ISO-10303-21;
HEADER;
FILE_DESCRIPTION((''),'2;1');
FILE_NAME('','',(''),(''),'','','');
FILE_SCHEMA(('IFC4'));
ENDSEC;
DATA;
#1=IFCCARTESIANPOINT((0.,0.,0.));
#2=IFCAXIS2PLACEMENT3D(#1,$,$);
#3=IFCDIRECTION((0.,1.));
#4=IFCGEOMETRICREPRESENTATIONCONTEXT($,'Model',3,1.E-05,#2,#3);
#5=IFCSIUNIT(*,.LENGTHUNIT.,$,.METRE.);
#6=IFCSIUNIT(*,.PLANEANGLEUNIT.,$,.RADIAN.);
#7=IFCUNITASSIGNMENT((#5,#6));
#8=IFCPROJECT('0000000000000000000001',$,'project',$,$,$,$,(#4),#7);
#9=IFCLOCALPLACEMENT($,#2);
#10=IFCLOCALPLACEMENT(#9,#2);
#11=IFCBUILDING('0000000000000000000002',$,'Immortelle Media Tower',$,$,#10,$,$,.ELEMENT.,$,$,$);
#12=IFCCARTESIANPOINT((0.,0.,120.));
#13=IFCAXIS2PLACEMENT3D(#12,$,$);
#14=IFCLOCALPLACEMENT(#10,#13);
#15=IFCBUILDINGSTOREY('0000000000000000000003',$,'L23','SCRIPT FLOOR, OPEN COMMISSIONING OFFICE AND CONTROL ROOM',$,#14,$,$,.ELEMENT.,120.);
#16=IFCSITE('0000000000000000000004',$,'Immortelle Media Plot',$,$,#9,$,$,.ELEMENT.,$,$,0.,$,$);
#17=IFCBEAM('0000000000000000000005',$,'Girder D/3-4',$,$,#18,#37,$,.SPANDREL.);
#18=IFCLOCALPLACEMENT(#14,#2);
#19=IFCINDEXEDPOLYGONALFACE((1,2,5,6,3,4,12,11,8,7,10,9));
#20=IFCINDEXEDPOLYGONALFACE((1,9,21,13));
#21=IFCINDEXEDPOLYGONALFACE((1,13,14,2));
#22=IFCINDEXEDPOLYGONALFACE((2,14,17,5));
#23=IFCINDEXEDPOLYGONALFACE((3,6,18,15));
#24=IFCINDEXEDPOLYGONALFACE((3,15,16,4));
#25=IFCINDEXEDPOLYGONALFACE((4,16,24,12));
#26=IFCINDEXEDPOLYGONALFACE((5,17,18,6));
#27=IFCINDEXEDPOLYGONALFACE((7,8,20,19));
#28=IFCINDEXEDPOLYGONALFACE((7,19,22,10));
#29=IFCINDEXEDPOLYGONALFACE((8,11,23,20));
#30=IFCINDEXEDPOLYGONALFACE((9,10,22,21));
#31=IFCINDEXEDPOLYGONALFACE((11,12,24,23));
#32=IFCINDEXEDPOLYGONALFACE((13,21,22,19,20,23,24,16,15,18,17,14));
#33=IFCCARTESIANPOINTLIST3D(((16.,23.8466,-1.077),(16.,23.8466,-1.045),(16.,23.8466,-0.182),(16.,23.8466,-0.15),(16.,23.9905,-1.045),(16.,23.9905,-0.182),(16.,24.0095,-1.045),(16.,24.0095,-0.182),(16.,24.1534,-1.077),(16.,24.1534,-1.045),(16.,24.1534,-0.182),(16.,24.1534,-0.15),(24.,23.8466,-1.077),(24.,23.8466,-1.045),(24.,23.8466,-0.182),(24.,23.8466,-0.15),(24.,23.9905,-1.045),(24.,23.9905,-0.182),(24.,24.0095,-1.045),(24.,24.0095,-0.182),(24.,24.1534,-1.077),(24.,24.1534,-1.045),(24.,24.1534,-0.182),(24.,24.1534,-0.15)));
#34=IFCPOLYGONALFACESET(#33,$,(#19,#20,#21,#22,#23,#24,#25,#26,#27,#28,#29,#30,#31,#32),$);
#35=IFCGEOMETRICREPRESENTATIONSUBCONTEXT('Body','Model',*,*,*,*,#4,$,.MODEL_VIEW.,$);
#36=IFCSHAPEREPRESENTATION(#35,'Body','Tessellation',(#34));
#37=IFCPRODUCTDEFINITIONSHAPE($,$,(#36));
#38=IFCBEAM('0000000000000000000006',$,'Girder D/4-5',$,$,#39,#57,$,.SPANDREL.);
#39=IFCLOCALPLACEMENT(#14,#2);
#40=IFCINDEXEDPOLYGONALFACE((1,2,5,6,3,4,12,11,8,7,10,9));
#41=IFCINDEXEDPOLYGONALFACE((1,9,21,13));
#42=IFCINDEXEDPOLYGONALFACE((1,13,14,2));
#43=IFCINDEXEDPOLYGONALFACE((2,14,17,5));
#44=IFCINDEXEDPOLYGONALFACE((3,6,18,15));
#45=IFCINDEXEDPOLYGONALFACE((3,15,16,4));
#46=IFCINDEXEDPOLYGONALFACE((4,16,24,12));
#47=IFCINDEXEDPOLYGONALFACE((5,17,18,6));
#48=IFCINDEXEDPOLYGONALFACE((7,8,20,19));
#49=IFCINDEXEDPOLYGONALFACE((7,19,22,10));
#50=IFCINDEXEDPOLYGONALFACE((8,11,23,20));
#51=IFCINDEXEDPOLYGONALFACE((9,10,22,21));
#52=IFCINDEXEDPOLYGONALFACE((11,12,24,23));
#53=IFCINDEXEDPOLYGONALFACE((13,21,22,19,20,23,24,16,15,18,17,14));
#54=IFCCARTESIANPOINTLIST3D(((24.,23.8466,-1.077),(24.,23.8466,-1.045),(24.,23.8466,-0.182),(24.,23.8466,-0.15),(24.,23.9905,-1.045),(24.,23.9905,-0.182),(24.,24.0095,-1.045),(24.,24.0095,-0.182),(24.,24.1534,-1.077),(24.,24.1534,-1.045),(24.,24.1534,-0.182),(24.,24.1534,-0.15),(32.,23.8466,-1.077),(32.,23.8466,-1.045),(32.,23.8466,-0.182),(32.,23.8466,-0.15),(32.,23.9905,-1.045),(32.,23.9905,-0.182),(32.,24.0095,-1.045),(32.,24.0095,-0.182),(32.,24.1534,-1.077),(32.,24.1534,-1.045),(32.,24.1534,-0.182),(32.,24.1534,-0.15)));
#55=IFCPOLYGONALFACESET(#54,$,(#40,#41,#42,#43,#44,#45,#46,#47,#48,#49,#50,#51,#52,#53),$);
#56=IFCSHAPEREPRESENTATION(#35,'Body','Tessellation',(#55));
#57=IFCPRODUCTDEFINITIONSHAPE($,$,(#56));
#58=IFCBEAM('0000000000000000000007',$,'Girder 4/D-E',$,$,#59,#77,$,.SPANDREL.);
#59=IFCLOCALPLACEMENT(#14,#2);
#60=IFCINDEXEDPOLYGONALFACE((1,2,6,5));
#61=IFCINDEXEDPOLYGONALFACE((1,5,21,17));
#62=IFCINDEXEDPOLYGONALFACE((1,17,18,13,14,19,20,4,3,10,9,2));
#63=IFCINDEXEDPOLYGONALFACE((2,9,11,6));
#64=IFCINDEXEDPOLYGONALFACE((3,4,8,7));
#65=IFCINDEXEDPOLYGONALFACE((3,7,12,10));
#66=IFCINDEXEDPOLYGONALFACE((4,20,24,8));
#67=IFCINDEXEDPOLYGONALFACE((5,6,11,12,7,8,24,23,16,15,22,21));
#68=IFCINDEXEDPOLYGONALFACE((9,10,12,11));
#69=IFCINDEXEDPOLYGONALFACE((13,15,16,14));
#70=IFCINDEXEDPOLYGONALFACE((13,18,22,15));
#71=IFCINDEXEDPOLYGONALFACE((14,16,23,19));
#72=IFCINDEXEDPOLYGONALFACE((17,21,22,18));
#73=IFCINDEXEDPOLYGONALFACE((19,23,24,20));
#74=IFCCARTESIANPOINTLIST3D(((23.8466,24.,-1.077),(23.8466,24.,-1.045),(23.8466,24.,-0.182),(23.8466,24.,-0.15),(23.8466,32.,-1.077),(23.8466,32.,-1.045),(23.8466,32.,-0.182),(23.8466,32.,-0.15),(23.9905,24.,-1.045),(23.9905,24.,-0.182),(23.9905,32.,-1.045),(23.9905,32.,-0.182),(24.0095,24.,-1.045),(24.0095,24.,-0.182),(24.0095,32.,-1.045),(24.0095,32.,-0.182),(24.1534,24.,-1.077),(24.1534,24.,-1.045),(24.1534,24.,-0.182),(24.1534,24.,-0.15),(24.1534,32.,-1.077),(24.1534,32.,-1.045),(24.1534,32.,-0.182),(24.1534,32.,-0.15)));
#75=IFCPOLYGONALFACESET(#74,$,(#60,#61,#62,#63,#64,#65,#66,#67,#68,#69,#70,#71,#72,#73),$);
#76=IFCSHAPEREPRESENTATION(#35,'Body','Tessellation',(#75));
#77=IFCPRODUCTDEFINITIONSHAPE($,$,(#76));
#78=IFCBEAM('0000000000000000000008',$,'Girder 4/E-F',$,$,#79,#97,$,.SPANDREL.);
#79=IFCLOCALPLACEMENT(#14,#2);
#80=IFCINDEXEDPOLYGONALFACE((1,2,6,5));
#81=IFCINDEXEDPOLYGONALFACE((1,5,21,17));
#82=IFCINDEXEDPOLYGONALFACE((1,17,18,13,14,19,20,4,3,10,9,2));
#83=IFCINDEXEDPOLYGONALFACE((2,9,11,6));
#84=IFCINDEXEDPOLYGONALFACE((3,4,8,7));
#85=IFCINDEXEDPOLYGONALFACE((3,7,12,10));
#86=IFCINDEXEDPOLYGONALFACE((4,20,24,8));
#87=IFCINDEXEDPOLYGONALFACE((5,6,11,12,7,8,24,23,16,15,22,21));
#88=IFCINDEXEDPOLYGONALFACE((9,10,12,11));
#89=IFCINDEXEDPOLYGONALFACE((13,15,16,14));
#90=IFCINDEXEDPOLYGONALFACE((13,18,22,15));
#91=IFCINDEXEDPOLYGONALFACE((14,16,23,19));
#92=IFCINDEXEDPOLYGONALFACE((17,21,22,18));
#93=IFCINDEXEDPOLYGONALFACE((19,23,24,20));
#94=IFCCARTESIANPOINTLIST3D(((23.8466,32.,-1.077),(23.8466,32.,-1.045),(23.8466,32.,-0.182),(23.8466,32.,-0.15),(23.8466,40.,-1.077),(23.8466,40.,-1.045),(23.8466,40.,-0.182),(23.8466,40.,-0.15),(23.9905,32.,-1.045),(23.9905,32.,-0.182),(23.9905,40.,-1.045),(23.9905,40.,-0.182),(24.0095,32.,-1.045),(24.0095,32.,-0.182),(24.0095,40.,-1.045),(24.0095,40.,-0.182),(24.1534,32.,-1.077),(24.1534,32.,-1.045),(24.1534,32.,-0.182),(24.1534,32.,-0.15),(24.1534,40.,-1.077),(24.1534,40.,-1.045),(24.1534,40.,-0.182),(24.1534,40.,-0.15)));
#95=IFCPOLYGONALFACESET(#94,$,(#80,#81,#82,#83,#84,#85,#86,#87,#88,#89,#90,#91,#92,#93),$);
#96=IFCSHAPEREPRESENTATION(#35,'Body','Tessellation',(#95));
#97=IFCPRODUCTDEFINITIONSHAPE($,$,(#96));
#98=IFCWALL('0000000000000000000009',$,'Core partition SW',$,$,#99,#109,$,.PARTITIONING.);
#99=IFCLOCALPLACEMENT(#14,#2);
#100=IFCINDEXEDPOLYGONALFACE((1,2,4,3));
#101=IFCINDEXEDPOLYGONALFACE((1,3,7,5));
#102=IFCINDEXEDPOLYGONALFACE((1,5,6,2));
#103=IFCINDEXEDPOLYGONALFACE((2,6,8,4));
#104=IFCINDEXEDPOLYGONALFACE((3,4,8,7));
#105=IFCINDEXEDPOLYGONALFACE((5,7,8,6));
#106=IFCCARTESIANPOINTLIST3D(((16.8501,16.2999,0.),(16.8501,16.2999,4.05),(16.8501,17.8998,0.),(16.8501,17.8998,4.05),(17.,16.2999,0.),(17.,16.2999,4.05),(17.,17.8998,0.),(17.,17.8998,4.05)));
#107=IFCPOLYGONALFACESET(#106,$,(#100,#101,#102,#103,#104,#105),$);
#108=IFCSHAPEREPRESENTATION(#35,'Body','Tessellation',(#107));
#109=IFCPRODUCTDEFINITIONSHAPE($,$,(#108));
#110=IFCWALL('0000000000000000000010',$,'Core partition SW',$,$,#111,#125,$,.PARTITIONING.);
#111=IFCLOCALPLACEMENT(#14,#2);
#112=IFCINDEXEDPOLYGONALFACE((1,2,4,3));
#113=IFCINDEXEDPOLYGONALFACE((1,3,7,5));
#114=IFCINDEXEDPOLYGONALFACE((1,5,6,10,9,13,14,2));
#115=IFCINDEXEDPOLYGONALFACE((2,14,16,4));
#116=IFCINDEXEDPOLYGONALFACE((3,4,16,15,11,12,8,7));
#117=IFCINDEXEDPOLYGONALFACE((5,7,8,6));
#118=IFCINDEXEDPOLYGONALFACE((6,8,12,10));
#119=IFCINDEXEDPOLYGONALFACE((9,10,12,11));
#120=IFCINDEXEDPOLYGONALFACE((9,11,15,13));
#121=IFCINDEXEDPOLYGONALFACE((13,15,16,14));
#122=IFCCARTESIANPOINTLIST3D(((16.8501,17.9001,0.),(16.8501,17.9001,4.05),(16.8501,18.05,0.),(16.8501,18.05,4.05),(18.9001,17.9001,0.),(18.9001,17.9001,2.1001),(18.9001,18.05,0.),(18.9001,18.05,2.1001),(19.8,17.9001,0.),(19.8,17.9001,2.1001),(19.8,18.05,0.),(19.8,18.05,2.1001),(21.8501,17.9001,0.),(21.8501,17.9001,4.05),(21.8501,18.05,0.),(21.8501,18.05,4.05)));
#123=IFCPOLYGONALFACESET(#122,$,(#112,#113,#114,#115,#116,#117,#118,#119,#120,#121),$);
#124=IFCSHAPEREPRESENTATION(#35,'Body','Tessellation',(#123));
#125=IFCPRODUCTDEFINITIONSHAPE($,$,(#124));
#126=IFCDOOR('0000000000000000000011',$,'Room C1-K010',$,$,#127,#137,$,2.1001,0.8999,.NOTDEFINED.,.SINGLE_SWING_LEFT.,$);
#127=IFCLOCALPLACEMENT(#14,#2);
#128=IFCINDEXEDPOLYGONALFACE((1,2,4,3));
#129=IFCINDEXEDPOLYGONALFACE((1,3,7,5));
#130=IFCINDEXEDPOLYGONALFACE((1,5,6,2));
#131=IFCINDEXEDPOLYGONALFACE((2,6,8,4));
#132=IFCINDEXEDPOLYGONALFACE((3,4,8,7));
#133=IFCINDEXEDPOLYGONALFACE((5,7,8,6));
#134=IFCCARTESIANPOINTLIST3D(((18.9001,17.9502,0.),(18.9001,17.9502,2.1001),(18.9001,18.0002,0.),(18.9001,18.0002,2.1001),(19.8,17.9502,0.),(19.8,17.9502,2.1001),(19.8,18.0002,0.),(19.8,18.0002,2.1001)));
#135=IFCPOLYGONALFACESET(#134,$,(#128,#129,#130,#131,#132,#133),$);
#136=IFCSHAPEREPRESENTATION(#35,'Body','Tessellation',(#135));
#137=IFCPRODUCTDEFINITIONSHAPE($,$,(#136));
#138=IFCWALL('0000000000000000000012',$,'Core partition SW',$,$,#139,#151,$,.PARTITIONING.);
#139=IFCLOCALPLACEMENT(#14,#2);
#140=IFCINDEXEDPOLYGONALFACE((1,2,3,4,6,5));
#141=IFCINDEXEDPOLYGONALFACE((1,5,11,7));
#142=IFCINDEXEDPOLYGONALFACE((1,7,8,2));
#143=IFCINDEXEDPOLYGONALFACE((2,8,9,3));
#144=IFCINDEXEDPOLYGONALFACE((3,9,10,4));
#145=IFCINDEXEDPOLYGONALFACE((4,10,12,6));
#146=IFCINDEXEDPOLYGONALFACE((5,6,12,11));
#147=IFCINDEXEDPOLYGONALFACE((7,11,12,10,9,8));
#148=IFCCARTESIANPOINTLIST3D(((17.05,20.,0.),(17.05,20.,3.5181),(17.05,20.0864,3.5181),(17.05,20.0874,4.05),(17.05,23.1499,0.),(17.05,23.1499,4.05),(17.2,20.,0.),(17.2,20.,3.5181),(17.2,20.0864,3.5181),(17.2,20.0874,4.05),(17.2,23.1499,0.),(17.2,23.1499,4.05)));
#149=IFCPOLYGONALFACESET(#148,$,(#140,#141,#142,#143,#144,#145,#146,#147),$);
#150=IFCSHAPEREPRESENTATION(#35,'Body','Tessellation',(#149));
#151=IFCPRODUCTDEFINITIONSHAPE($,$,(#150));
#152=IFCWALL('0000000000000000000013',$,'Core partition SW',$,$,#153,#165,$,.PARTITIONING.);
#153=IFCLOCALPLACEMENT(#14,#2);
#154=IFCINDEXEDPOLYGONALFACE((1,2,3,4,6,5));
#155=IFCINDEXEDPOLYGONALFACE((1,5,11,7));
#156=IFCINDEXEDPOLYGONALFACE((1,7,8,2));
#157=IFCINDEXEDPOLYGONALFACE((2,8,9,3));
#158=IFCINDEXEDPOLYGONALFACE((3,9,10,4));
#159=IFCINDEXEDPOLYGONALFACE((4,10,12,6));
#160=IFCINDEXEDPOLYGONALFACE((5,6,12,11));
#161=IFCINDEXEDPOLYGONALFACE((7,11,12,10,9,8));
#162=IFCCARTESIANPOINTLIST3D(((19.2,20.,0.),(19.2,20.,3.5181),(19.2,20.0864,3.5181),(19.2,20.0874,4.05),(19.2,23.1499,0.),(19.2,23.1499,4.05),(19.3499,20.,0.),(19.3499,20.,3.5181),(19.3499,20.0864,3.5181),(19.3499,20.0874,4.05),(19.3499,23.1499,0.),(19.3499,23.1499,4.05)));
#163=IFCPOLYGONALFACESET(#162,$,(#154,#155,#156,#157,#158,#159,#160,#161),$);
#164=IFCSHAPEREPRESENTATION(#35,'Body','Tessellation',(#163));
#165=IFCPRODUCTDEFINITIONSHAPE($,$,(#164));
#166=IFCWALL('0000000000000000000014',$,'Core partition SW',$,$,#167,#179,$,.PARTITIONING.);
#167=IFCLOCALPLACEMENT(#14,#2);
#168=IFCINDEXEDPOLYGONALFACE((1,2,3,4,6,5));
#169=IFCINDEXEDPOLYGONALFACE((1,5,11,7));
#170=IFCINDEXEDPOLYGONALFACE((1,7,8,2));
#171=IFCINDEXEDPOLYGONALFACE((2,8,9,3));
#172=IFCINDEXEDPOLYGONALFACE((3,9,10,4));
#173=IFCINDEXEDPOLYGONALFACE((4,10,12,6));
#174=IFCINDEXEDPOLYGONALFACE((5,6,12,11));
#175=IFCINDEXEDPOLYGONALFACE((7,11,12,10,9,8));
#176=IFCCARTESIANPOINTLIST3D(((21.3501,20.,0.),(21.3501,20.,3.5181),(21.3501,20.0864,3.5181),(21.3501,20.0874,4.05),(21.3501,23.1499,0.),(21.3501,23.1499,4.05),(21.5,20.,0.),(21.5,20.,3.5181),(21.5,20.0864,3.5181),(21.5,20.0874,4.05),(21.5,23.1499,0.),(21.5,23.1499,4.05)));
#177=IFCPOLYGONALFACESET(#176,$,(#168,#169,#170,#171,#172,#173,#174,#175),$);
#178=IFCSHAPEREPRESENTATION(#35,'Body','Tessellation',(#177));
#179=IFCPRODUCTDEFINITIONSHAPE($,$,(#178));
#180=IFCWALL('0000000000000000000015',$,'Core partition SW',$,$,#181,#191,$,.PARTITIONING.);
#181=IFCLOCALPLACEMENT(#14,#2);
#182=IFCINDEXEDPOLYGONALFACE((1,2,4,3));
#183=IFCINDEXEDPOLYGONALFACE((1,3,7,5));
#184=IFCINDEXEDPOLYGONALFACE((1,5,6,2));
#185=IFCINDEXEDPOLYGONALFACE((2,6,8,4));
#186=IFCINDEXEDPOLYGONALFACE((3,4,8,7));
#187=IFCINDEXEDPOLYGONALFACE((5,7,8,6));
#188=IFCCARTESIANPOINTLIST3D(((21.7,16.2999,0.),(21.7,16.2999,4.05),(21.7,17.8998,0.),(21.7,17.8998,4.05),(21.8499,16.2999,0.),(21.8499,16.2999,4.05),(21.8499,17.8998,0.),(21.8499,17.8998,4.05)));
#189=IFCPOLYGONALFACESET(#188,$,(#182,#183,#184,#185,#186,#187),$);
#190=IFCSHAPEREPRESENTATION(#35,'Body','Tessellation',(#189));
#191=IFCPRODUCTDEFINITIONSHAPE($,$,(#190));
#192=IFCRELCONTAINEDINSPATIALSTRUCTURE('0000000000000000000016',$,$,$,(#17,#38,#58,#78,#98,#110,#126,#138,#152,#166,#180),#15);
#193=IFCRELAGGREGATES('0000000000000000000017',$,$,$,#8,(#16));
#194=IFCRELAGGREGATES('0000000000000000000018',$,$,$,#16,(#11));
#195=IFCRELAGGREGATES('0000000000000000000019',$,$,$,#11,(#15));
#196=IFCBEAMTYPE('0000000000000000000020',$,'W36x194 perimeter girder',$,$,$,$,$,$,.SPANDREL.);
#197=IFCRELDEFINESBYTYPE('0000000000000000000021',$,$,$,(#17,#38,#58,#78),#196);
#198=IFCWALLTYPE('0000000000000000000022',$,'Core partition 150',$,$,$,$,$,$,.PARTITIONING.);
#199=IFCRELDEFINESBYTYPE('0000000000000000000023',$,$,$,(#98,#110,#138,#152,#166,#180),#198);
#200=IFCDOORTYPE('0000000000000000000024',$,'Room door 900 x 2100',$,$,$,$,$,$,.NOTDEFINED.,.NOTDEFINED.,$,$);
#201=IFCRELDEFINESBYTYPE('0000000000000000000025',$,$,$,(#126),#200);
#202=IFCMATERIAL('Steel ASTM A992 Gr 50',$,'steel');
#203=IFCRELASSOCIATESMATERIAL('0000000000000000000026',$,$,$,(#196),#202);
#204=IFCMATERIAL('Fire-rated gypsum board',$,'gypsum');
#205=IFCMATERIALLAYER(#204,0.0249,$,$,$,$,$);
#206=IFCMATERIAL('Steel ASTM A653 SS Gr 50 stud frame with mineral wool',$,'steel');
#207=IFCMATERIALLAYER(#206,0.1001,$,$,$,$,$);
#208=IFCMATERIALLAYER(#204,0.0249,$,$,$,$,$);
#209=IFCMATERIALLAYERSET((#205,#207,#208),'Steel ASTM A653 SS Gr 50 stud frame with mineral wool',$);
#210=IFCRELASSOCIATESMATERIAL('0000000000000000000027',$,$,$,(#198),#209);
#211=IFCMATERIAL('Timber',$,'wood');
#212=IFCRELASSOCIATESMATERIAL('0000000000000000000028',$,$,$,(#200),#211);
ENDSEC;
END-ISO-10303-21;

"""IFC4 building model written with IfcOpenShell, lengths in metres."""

from ifc_helpers import new_model, si_unit, direction, frame, frame_2d, origin, origin_2d, place, context, subcontext, project, spatial, polyline, rectangle, i_section, outline, extrude, material, layer, layer_set, material_profile, profile_set, type_object, element, fill, save


model = new_model("IFC4")

# Units and contexts
model_context = context("Model", 3, precision=1e-05, world=origin(), true_north=direction((0.0, 1.0)))
body_context = subcontext(model_context, "Body", "Model", "MODEL_VIEW")
ifc_project = project(units=[si_unit("LENGTHUNIT", "METRE"), si_unit("PLANEANGLEUNIT", "RADIAN")], contexts=[model_context])

# Site, building, storey
site_placement = place(None, origin())
site = spatial("IfcSite", under=ifc_project, at=site_placement, Name="Immortelle Media Plot", CompositionType="ELEMENT", RefElevation=0.0)
building_placement = place(site_placement, origin())
building = spatial("IfcBuilding", under=site, at=building_placement, Name="Immortelle Media Tower", CompositionType="ELEMENT")
storey_placement = place(building_placement, frame((0.0, 0.0, 120.0)))
storey = spatial("IfcBuildingStorey", under=building, at=storey_placement, Name="L23", Description="SCRIPT FLOOR, OPEN COMMISSIONING OFFICE AND CONTROL ROOM", CompositionType="ELEMENT", Elevation=120.0)

# Shared definitions
ifc_material_1 = material(Name="Steel ASTM A992 Gr 50", Category="steel")

# Beams
ifc_material_profile_1 = material_profile(ifc_material_1, i_section(OverallWidth=0.3069, OverallDepth=0.927, WebThickness=0.019, FlangeThickness=0.032, at=origin_2d()), Name="W36x194")
ifc_profile_set_1 = profile_set([ifc_material_profile_1], Name="Steel ASTM A992 Gr 50")
beam_type_1 = type_object("IfcBeamType", Name="W36x194 perimeter girder", PredefinedType="SPANDREL", material=ifc_profile_set_1)
for number, where, z_axis, x_axis, name in (
    (1, (16.0, 24.0, -0.6135), (1.0, 0.0, 0.0), (0.0, 1.0, 0.0), "Girder D/3-4"),
    (2, (24.0, 24.0, -0.6135), (1.0, 0.0, 0.0), (0.0, 1.0, 0.0), "Girder D/4-5"),
    (3, (24.0, 24.0, -0.6135), (0.0, 1.0, 0.0), (-1.0, 0.0, 0.0), "Girder 4/D-E"),
    (4, (24.0, 32.0, -0.6135), (0.0, 1.0, 0.0), (-1.0, 0.0, 0.0), "Girder 4/E-F"),
):
    element("IfcBeam", number, at=place(storey_placement, frame(where, z_axis=z_axis, x_axis=x_axis)), inside=storey, type_object=beam_type_1, Name=name, PredefinedType="SPANDREL", context=body_context, shape_type="SweptSolid", body=[
        extrude(i_section(OverallWidth=0.3069, OverallDepth=0.927, WebThickness=0.019, FlangeThickness=0.032, at=origin_2d()), origin(), (0.0, 0.0, 1.0), 8.0),
    ])

# Wall
ifc_material_2 = material(Name="Fire-rated gypsum board", Category="gypsum")
ifc_layer_1 = layer(ifc_material_2, 0.0249)
ifc_material_3 = material(Name="Steel ASTM A653 SS Gr 50 stud frame with mineral wool", Category="steel")
ifc_layer_2 = layer(ifc_material_3, 0.1001)
ifc_layer_3 = layer(ifc_material_2, 0.0249)
ifc_layer_set_1 = layer_set([ifc_layer_1, ifc_layer_2, ifc_layer_3], Name="Steel ASTM A653 SS Gr 50 stud frame with mineral wool")
wall_type_1 = type_object("IfcWallType", Name="Core partition 150", PredefinedType="PARTITIONING", material=ifc_layer_set_1)
wall_1_placement = place(storey_placement, frame((16.925, 16.3, 0.0), z_axis=(0.0, 0.0, 1.0), x_axis=(0.0, 1.0, 0.0)))
element("IfcWall", 5, at=wall_1_placement, inside=storey, type_object=wall_type_1, Name="Core partition SW", PredefinedType="PARTITIONING", context=body_context, shape_type="SweptSolid", body=[
    extrude(rectangle(XDim=1.5999, YDim=0.1499, at=frame_2d((0.7998, 0.0))), origin(), (0.0, 0.0, 1.0), 4.05),
])

# Wall, opening, door
wall_2_placement = place(storey_placement, frame((16.8501, 17.9751, 0.0), z_axis=(0.0, 0.0, 1.0), x_axis=(1.0, 0.0, 0.0)))
wall_2 = element("IfcWall", 6, at=wall_2_placement, inside=storey, type_object=wall_type_1, Name="Core partition SW", PredefinedType="PARTITIONING", context=body_context, shape_type="SweptSolid", body=[
    extrude(rectangle(XDim=5.0, YDim=0.1499, at=frame_2d((2.5, 0.0))), origin(), (0.0, 0.0, 1.0), 4.05),
])
opening_1_placement = place(wall_2_placement, frame((2.95, 0.0, 0.0), z_axis=(0.0, 0.0, 1.0), x_axis=(-1.0, 0.0, 0.0)))
opening_1 = element("IfcOpeningElement", 7, at=opening_1_placement, cuts=wall_2, PredefinedType="OPENING", context=body_context, shape_type="SweptSolid", body=[
    extrude(rectangle(XDim=0.8999, YDim=2.1001, at=frame_2d((0.45, 1.05))), frame((0.0, 0.085, 0.0), z_axis=(0.0, -1.0, 0.0), x_axis=(1.0, 0.0, 0.0)), (0.0, 0.0, 1.0), 0.1699),
])
ifc_material_4 = material(Name="Timber", Category="wood")
door_type_1 = type_object("IfcDoorType", Name="Room door 900 x 2100", OperationType="NOTDEFINED", PredefinedType="NOTDEFINED", material=ifc_material_4)
door_1_placement = place(opening_1_placement, origin())
door_1 = element("IfcDoor", 8, at=door_1_placement, inside=storey, type_object=door_type_1, Name="Room C1-K010", OperationType="SINGLE_SWING_LEFT", OverallHeight=2.1001, OverallWidth=0.8999, PredefinedType="NOTDEFINED", context=body_context, shape_type="SweptSolid", body=[
    extrude(rectangle(XDim=0.8999, YDim=2.1001, at=frame_2d((0.45, 1.05))), frame((0.0, 0.0249, 0.0), z_axis=(0.0, -1.0, 0.0), x_axis=(1.0, 0.0, 0.0)), (0.0, 0.0, 1.0), 0.05),
])
fill(opening_1, door_1)

# Walls
for number, where, z_axis, x_axis, name in (
    (9, (17.125, 20.0, 0.0), (0.0, 0.0, 1.0), (0.0, 1.0, 0.0), "Core partition SW"),
    (10, (19.2749, 20.0, 0.0), (0.0, 0.0, 1.0), (0.0, 1.0, 0.0), "Core partition SW"),
    (11, (21.425, 20.0, 0.0), (0.0, 0.0, 1.0), (0.0, 1.0, 0.0), "Core partition SW"),
):
    element("IfcWall", number, at=place(storey_placement, frame(where, z_axis=z_axis, x_axis=x_axis)), inside=storey, type_object=wall_type_1, Name=name, PredefinedType="PARTITIONING", context=body_context, shape_type="SweptSolid", body=[
        extrude(outline(polyline([(0.0, 0.0), (3.1499, 0.0), (3.1499, 4.05), (0.0874, 4.05), (0.0864, 3.5181), (0.0, 3.5181), (0.0, 0.0)])), frame((0.0, 0.075, 0.0), z_axis=(0.0, -1.0, 0.0), x_axis=(1.0, 0.0, 0.0)), (0.0, 0.0, 1.0), 0.1499),
    ])
wall_3_placement = place(storey_placement, frame((21.7749, 16.3, 0.0), z_axis=(0.0, 0.0, 1.0), x_axis=(0.0, 1.0, 0.0)))
element("IfcWall", 12, at=wall_3_placement, inside=storey, type_object=wall_type_1, Name="Core partition SW", PredefinedType="PARTITIONING", context=body_context, shape_type="SweptSolid", body=[
    extrude(rectangle(XDim=1.5999, YDim=0.1499, at=frame_2d((0.7998, 0.0))), origin(), (0.0, 0.0, 1.0), 4.05),
])

save(model, "model.ifc")
